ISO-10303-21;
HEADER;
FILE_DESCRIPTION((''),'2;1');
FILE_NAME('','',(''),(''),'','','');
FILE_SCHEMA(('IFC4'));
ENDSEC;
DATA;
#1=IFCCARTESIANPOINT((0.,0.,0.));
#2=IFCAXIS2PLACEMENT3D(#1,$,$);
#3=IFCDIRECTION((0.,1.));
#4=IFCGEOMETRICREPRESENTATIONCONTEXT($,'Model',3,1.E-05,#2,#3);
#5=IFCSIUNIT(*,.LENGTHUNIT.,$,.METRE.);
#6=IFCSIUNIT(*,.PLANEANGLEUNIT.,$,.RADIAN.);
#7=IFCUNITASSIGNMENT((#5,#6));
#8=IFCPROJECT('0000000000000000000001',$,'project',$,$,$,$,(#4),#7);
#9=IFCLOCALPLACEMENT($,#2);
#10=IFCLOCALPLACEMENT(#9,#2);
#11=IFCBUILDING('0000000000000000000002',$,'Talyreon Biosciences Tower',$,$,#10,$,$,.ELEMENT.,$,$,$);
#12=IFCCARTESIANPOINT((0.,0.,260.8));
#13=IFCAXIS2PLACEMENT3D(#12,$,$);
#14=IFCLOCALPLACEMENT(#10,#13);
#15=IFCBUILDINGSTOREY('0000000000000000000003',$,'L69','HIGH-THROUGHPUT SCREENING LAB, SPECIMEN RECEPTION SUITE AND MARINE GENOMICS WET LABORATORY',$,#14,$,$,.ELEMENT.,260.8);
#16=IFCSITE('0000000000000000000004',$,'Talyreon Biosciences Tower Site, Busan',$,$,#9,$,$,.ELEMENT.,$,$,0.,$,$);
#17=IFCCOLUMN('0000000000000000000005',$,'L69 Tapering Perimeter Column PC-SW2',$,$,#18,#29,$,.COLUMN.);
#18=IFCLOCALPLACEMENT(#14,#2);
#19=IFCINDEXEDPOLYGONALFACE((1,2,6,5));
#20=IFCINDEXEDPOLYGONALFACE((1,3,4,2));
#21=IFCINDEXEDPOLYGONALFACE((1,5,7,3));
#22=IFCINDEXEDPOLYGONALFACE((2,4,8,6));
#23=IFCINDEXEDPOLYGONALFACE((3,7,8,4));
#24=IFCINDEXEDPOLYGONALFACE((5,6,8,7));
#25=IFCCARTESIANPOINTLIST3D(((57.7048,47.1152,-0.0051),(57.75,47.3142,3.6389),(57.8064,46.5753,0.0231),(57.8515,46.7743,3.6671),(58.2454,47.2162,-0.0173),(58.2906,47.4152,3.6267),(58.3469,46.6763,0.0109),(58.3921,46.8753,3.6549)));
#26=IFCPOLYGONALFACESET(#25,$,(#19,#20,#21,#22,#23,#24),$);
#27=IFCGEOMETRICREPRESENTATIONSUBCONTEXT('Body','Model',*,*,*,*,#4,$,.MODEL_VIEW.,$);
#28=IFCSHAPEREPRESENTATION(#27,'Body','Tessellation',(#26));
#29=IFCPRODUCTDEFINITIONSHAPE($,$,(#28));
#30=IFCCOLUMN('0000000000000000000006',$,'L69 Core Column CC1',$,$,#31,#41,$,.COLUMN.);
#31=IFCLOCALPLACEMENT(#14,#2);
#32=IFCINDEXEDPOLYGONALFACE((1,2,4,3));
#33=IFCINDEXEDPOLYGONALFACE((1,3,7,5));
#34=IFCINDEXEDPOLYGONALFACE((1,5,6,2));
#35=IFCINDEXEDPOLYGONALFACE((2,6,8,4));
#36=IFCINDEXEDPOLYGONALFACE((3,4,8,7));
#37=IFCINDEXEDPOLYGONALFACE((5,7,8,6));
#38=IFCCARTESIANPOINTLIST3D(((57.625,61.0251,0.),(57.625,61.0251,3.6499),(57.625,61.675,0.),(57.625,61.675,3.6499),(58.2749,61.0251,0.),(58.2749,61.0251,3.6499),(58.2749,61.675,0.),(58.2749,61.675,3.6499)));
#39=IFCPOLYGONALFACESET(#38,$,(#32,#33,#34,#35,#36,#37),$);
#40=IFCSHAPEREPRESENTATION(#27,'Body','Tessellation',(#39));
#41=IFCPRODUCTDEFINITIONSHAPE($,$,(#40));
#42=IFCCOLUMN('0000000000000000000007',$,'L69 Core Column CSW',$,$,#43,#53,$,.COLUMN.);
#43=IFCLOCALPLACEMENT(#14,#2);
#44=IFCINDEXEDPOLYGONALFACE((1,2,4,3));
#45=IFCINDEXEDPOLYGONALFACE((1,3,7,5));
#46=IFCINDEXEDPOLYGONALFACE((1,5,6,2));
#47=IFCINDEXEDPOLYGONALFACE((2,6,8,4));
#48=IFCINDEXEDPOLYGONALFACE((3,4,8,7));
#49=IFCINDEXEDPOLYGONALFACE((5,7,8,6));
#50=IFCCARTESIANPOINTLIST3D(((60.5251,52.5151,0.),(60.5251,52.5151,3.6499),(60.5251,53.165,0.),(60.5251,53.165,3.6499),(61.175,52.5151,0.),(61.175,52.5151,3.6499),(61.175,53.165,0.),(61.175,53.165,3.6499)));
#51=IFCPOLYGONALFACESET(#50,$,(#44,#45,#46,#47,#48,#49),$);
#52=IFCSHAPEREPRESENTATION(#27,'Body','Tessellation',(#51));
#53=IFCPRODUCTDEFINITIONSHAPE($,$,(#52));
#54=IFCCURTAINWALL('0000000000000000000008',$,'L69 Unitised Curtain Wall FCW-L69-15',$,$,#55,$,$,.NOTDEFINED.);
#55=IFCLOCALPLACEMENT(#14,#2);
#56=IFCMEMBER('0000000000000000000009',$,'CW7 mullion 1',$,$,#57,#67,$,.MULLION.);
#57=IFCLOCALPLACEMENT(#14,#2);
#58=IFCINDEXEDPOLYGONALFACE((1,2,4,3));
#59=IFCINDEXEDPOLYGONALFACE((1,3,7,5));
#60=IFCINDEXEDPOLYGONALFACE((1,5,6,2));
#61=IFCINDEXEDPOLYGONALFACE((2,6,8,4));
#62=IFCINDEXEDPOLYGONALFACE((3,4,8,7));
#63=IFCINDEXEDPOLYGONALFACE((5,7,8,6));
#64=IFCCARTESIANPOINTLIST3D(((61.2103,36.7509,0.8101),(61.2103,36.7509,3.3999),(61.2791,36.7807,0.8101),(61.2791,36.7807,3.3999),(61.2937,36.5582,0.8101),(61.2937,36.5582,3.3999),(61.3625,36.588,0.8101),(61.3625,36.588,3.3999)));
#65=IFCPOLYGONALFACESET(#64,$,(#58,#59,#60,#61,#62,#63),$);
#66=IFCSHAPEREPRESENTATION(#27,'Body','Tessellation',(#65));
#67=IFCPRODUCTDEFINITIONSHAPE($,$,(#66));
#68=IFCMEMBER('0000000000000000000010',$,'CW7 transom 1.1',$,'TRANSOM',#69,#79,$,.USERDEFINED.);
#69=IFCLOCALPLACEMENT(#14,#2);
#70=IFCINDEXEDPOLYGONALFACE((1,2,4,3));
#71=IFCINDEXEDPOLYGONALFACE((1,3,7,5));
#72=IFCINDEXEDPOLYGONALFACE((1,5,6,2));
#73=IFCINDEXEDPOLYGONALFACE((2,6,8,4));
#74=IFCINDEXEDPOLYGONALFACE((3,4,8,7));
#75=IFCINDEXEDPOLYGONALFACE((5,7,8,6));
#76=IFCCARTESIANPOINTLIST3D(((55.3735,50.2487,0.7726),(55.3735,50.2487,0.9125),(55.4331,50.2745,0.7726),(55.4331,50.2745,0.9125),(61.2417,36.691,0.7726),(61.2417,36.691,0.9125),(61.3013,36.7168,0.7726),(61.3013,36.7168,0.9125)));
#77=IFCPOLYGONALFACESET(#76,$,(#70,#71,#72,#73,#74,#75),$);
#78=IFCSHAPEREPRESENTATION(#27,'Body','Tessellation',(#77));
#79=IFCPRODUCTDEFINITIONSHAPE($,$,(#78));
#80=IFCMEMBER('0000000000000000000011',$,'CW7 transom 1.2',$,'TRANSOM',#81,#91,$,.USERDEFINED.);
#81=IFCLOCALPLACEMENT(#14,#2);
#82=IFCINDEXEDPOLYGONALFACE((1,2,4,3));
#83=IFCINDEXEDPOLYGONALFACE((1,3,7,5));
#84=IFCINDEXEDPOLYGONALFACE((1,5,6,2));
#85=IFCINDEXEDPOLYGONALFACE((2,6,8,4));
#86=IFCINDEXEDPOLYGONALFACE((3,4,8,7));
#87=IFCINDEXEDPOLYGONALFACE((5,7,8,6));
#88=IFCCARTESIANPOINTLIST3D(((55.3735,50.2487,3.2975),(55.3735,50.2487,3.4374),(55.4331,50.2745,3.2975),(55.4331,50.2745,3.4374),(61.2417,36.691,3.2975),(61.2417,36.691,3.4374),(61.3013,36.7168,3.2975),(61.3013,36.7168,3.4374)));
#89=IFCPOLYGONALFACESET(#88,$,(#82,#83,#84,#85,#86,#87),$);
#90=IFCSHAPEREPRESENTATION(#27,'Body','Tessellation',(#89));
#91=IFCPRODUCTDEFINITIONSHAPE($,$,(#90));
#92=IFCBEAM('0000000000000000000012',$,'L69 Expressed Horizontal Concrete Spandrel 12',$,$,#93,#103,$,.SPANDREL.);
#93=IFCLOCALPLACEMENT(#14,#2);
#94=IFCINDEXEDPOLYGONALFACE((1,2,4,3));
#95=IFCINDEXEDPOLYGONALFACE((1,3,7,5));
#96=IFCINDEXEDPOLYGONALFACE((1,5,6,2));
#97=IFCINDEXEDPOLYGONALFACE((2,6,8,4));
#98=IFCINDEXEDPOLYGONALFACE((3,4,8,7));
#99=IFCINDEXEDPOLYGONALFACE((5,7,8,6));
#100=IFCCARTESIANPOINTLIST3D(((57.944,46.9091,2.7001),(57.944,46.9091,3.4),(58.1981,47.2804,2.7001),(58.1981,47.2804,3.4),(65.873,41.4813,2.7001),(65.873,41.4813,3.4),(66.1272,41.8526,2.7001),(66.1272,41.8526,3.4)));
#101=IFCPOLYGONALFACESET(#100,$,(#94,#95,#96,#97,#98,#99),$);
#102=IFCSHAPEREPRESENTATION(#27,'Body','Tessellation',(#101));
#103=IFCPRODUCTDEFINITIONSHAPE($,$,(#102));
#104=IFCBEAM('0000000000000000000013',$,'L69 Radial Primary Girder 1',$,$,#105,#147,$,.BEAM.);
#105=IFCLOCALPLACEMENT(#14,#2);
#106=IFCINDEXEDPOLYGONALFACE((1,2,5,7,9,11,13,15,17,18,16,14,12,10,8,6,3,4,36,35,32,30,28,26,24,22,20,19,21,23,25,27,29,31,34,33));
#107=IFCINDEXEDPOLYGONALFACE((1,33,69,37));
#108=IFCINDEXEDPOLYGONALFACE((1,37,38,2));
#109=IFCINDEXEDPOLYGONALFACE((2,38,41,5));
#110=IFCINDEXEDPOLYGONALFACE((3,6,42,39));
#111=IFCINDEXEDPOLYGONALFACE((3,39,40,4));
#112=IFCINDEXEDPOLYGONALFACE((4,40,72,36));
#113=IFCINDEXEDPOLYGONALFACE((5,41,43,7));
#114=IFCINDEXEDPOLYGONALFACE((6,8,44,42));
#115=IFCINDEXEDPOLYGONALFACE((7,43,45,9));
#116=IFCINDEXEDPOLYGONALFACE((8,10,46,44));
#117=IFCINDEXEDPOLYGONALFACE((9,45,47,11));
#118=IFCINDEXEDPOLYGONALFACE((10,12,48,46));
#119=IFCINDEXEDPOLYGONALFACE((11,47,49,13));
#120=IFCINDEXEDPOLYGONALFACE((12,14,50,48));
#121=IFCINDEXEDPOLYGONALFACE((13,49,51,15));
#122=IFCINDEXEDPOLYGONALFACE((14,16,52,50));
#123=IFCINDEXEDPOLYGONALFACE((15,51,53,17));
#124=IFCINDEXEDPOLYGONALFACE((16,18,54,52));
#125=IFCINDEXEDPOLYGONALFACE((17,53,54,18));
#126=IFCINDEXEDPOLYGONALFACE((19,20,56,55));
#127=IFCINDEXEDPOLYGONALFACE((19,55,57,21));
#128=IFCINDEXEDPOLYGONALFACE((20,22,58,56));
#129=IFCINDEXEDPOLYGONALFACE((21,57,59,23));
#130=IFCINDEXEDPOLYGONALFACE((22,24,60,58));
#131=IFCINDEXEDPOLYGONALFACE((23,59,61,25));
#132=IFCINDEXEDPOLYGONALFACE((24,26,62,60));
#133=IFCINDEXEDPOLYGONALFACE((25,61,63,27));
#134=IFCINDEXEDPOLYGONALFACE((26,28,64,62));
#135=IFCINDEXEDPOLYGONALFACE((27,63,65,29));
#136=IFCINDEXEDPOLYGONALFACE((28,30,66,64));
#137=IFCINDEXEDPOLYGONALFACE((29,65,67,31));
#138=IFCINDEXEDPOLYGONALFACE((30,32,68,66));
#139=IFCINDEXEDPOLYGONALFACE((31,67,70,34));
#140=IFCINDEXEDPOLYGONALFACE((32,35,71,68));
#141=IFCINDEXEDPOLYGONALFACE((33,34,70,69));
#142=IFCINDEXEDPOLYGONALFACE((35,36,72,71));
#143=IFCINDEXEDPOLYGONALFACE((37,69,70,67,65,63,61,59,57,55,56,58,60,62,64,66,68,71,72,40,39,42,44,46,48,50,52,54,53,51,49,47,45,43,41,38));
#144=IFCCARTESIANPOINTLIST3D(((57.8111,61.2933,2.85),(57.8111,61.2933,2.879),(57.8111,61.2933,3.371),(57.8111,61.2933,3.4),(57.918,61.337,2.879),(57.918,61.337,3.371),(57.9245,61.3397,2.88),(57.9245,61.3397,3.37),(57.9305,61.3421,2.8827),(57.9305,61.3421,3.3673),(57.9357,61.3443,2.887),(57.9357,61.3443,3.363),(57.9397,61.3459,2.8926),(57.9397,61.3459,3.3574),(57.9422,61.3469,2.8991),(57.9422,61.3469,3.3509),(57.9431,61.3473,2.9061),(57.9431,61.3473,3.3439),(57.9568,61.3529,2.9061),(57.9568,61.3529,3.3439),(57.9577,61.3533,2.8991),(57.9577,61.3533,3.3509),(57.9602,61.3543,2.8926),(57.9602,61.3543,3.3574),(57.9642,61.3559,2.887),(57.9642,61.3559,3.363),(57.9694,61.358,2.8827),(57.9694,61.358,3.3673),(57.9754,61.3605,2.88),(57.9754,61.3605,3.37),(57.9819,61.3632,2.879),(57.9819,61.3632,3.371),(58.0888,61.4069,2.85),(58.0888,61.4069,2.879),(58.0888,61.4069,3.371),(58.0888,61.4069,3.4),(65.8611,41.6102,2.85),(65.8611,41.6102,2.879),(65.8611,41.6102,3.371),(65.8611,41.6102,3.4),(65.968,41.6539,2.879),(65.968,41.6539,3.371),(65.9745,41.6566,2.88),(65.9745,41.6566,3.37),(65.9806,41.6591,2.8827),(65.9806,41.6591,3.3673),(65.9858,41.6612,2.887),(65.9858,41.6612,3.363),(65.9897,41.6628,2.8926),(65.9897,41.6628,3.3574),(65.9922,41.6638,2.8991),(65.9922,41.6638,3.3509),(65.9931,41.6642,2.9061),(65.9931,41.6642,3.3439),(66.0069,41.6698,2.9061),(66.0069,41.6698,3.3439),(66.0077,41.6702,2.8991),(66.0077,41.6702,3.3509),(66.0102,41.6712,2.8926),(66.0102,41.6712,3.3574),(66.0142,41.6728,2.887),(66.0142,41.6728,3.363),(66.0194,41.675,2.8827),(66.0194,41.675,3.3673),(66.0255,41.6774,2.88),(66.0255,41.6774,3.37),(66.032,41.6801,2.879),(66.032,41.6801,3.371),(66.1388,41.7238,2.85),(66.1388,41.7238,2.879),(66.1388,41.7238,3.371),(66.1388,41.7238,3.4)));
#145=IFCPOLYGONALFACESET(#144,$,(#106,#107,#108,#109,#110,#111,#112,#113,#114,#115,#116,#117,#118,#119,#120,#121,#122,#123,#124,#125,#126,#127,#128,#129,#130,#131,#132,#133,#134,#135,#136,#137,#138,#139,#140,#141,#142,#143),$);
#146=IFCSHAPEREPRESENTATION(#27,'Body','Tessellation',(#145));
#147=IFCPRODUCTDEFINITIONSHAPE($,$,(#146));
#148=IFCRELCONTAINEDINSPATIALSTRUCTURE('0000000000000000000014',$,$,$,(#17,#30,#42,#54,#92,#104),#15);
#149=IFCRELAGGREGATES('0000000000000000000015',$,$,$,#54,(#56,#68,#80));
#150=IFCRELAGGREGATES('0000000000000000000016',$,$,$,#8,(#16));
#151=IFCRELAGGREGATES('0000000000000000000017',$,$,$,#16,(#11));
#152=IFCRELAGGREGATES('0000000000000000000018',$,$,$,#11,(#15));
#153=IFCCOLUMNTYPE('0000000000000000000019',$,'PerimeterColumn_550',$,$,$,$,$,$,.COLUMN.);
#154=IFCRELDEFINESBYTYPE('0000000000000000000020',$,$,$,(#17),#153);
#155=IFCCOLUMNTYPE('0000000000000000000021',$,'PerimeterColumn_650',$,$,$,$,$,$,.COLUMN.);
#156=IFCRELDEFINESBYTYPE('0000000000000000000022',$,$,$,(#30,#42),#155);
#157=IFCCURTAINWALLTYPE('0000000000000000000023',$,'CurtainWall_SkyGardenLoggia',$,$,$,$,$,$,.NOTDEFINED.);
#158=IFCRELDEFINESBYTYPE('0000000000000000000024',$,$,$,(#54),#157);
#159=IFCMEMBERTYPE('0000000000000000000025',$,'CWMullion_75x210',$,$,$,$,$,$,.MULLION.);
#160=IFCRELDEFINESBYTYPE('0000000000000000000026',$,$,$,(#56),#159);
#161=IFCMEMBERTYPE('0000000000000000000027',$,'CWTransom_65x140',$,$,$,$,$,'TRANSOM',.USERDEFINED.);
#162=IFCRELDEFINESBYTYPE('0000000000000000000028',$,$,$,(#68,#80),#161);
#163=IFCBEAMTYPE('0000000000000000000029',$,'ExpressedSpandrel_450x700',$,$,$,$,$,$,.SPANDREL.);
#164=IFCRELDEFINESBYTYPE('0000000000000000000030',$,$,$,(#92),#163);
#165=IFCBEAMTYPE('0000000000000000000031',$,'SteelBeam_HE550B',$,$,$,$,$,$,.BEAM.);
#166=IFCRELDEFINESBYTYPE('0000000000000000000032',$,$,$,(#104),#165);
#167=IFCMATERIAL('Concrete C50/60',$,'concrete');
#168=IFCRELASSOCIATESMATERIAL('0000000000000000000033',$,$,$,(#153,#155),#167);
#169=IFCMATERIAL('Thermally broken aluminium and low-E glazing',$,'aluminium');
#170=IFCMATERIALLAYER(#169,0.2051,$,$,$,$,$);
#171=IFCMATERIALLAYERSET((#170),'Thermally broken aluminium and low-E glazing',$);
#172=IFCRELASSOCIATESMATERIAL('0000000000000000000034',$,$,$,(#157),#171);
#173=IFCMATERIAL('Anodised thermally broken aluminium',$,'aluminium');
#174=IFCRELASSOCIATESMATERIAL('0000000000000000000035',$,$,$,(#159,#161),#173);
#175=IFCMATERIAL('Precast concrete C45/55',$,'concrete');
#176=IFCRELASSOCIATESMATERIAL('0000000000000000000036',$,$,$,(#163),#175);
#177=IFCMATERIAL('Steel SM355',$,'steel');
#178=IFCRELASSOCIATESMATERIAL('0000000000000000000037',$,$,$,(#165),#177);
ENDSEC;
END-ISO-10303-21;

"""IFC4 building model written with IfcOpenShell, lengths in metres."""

from ifc_helpers import new_model, si_unit, direction, frame, origin, origin_2d, place, context, subcontext, project, spatial, rectangle, i_section, extrude, material, layer, layer_set, material_profile, profile_set, type_object, element, aggregate, save


model = new_model("IFC4")

# Units and contexts
model_context = context("Model", 3, precision=1e-05, world=origin(), true_north=direction((0.0, 1.0)))
body_context = subcontext(model_context, "Body", "Model", "MODEL_VIEW")
ifc_project = project(units=[si_unit("LENGTHUNIT", "METRE"), si_unit("PLANEANGLEUNIT", "RADIAN")], contexts=[model_context])

# Site, building, storey
site_placement = place(None, origin())
site = spatial("IfcSite", under=ifc_project, at=site_placement, Name="Talyreon Biosciences Tower Site, Busan", CompositionType="ELEMENT", RefElevation=0.0)
building_placement = place(site_placement, origin())
building = spatial("IfcBuilding", under=site, at=building_placement, Name="Talyreon Biosciences Tower", CompositionType="ELEMENT")
storey_placement = place(building_placement, frame((0.0, 0.0, 260.8)))
storey = spatial("IfcBuildingStorey", under=building, at=storey_placement, Name="L69", Description="HIGH-THROUGHPUT SCREENING LAB, SPECIMEN RECEPTION SUITE AND MARINE GENOMICS WET LABORATORY", CompositionType="ELEMENT", Elevation=260.8)

# Columns
ifc_material_1 = material(Name="Concrete C50/60", Category="concrete")
ifc_material_profile_1 = material_profile(ifc_material_1, rectangle(XDim=0.55, YDim=0.55, at=origin_2d()), Name="RC 550x550")
ifc_profile_set_1 = profile_set([ifc_material_profile_1], Name="Concrete C50/60")
column_type_1 = type_object("IfcColumnType", Name="PerimeterColumn_550", PredefinedType="COLUMN", material=ifc_profile_set_1)
column_placement = place(storey_placement, frame((58.0259, 46.8958, 0.0029), z_axis=(0.012375, 0.054517, 0.998436), x_axis=(-0.184542, 0.981485, -0.051304)))
element("IfcColumn", 1, at=column_placement, inside=storey, type_object=column_type_1, Name="L69 Tapering Perimeter Column PC-SW2", PredefinedType="COLUMN", context=body_context, shape_type="SweptSolid", body=[
    extrude(rectangle(XDim=0.55, YDim=0.55, at=origin_2d()), origin(), (0.0, 0.0, 1.0), 3.6497),
])
ifc_material_profile_2 = material_profile(ifc_material_1, rectangle(XDim=0.6499, YDim=0.6499, at=origin_2d()), Name="RC 650x650")
ifc_profile_set_2 = profile_set([ifc_material_profile_2], Name="Concrete C50/60")
column_type_2 = type_object("IfcColumnType", Name="PerimeterColumn_650", PredefinedType="COLUMN", material=ifc_profile_set_2)
for number, where, z_axis, x_axis, name in (
    (2, (57.95, 61.3501, 0.0), (0.0, 0.0, 1.0), (1.0, 0.0, 0.0), "L69 Core Column CC1"),
    (3, (60.8501, 52.8401, 0.0), (0.0, 0.0, 1.0), (1.0, 0.0, 0.0), "L69 Core Column CSW"),
):
    element("IfcColumn", number, at=place(storey_placement, frame(where, z_axis=z_axis, x_axis=x_axis)), inside=storey, type_object=column_type_2, Name=name, PredefinedType="COLUMN", context=body_context, shape_type="SweptSolid", body=[
        extrude(rectangle(XDim=0.6499, YDim=0.6499, at=origin_2d()), origin(), (0.0, 0.0, 1.0), 3.6499),
    ])

# Curtain wall, members
ifc_material_2 = material(Name="Thermally broken aluminium and low-E glazing", Category="aluminium")
ifc_layer_1 = layer(ifc_material_2, 0.2051)
ifc_layer_set_1 = layer_set([ifc_layer_1], Name="Thermally broken aluminium and low-E glazing")
curtain_wall_type = type_object("IfcCurtainWallType", Name="CurtainWall_SkyGardenLoggia", PredefinedType="NOTDEFINED", material=ifc_layer_set_1)
curtain_wall_placement = place(storey_placement, origin())
curtain_wall = element("IfcCurtainWall", 4, at=curtain_wall_placement, inside=storey, type_object=curtain_wall_type, Name="L69 Unitised Curtain Wall FCW-L69-15", PredefinedType="NOTDEFINED")
ifc_material_3 = material(Name="Anodised thermally broken aluminium", Category="aluminium")
ifc_material_profile_3 = material_profile(ifc_material_3, rectangle(XDim=0.075, YDim=0.21, at=origin_2d()), Name="ALUM MULLION 75x210")
ifc_profile_set_3 = profile_set([ifc_material_profile_3], Name="Anodised thermally broken aluminium")
member_type_1 = type_object("IfcMemberType", Name="CWMullion_75x210", PredefinedType="MULLION", material=ifc_profile_set_3)
member_1_placement = place(storey_placement, frame((61.2864, 36.6694, 0.8101), z_axis=(0.0, 0.0, 1.0), x_axis=(-0.917723, -0.397221, 0.0)))
member_1 = element("IfcMember", 5, at=member_1_placement, type_object=member_type_1, Name="CW7 mullion 1", PredefinedType="MULLION", context=body_context, shape_type="SweptSolid", body=[
    extrude(rectangle(XDim=0.075, YDim=0.21, at=origin_2d()), origin(), (0.0, 0.0, 1.0), 2.5898),
])
ifc_material_profile_4 = material_profile(ifc_material_3, rectangle(XDim=0.0649, YDim=0.1399, at=origin_2d()), Name="ALUM TRANSOM 65x140")
ifc_profile_set_4 = profile_set([ifc_material_profile_4], Name="Anodised thermally broken aluminium")
member_type_2 = type_object("IfcMemberType", Name="CWTransom_65x140", ElementType="TRANSOM", PredefinedType="USERDEFINED", material=ifc_profile_set_4)
member_2_placement = place(storey_placement, frame((61.2715, 36.7039, 0.8425), z_axis=(-0.39722, 0.917724, 0.0), x_axis=(-0.917724, -0.39722, 0.0)))
member_2 = element("IfcMember", 6, at=member_2_placement, type_object=member_type_2, Name="CW7 transom 1.1", ObjectType="TRANSOM", PredefinedType="USERDEFINED", context=body_context, shape_type="SweptSolid", body=[
    extrude(rectangle(XDim=0.0649, YDim=0.1399, at=origin_2d()), origin(), (0.0, 0.0, 1.0), 14.7732),
])
member_3_placement = place(storey_placement, frame((61.2715, 36.7039, 3.3674), z_axis=(-0.39722, 0.917724, 0.0), x_axis=(-0.917724, -0.39722, 0.0)))
member_3 = element("IfcMember", 7, at=member_3_placement, type_object=member_type_2, Name="CW7 transom 1.2", ObjectType="TRANSOM", PredefinedType="USERDEFINED", context=body_context, shape_type="SweptSolid", body=[
    extrude(rectangle(XDim=0.0649, YDim=0.1399, at=origin_2d()), origin(), (0.0, 0.0, 1.0), 14.7732),
])

# Beams
ifc_material_4 = material(Name="Precast concrete C45/55", Category="concrete")
ifc_material_profile_5 = material_profile(ifc_material_4, rectangle(XDim=0.45, YDim=0.7, at=origin_2d()), Name="RCB 450x700")
ifc_profile_set_5 = profile_set([ifc_material_profile_5], Name="Precast concrete C45/55")
beam_type_1 = type_object("IfcBeamType", Name="ExpressedSpandrel_450x700", PredefinedType="SPANDREL", material=ifc_profile_set_5)
beam_1_placement = place(storey_placement, frame((58.071, 47.0947, 3.05), z_axis=(0.825178, -0.564872, 0.0), x_axis=(0.564872, 0.825178, 0.0)))
element("IfcBeam", 8, at=beam_1_placement, inside=storey, type_object=beam_type_1, Name="L69 Expressed Horizontal Concrete Spandrel 12", PredefinedType="SPANDREL", context=body_context, shape_type="SweptSolid", body=[
    extrude(rectangle(XDim=0.45, YDim=0.7, at=origin_2d()), origin(), (0.0, 0.0, 1.0), 9.6089),
])
ifc_material_5 = material(Name="Steel SM355", Category="steel")
ifc_material_profile_6 = material_profile(ifc_material_5, i_section(OverallWidth=0.3, OverallDepth=0.55, WebThickness=0.0149, FlangeThickness=0.0291, FilletRadius=0.0271, at=origin_2d()), Name="HE550B")
ifc_profile_set_6 = profile_set([ifc_material_profile_6], Name="Steel SM355")
beam_type_2 = type_object("IfcBeamType", Name="SteelBeam_HE550B", PredefinedType="BEAM", material=ifc_profile_set_6)
beam_2_placement = place(storey_placement, frame((57.95, 61.3501, 3.125), z_axis=(0.378547, -0.925582, 0.0), x_axis=(0.925582, 0.378547, 0.0)))
element("IfcBeam", 9, at=beam_2_placement, inside=storey, type_object=beam_type_2, Name="L69 Radial Primary Girder 1", PredefinedType="BEAM", context=body_context, shape_type="SweptSolid", body=[
    extrude(i_section(OverallWidth=0.3, OverallDepth=0.55, WebThickness=0.0149, FlangeThickness=0.0291, FilletRadius=0.0271, at=origin_2d()), origin(), (0.0, 0.0, 1.0), 21.2656),
])

aggregate(curtain_wall, [member_1, member_2, member_3])

save(model, "model.ifc")
